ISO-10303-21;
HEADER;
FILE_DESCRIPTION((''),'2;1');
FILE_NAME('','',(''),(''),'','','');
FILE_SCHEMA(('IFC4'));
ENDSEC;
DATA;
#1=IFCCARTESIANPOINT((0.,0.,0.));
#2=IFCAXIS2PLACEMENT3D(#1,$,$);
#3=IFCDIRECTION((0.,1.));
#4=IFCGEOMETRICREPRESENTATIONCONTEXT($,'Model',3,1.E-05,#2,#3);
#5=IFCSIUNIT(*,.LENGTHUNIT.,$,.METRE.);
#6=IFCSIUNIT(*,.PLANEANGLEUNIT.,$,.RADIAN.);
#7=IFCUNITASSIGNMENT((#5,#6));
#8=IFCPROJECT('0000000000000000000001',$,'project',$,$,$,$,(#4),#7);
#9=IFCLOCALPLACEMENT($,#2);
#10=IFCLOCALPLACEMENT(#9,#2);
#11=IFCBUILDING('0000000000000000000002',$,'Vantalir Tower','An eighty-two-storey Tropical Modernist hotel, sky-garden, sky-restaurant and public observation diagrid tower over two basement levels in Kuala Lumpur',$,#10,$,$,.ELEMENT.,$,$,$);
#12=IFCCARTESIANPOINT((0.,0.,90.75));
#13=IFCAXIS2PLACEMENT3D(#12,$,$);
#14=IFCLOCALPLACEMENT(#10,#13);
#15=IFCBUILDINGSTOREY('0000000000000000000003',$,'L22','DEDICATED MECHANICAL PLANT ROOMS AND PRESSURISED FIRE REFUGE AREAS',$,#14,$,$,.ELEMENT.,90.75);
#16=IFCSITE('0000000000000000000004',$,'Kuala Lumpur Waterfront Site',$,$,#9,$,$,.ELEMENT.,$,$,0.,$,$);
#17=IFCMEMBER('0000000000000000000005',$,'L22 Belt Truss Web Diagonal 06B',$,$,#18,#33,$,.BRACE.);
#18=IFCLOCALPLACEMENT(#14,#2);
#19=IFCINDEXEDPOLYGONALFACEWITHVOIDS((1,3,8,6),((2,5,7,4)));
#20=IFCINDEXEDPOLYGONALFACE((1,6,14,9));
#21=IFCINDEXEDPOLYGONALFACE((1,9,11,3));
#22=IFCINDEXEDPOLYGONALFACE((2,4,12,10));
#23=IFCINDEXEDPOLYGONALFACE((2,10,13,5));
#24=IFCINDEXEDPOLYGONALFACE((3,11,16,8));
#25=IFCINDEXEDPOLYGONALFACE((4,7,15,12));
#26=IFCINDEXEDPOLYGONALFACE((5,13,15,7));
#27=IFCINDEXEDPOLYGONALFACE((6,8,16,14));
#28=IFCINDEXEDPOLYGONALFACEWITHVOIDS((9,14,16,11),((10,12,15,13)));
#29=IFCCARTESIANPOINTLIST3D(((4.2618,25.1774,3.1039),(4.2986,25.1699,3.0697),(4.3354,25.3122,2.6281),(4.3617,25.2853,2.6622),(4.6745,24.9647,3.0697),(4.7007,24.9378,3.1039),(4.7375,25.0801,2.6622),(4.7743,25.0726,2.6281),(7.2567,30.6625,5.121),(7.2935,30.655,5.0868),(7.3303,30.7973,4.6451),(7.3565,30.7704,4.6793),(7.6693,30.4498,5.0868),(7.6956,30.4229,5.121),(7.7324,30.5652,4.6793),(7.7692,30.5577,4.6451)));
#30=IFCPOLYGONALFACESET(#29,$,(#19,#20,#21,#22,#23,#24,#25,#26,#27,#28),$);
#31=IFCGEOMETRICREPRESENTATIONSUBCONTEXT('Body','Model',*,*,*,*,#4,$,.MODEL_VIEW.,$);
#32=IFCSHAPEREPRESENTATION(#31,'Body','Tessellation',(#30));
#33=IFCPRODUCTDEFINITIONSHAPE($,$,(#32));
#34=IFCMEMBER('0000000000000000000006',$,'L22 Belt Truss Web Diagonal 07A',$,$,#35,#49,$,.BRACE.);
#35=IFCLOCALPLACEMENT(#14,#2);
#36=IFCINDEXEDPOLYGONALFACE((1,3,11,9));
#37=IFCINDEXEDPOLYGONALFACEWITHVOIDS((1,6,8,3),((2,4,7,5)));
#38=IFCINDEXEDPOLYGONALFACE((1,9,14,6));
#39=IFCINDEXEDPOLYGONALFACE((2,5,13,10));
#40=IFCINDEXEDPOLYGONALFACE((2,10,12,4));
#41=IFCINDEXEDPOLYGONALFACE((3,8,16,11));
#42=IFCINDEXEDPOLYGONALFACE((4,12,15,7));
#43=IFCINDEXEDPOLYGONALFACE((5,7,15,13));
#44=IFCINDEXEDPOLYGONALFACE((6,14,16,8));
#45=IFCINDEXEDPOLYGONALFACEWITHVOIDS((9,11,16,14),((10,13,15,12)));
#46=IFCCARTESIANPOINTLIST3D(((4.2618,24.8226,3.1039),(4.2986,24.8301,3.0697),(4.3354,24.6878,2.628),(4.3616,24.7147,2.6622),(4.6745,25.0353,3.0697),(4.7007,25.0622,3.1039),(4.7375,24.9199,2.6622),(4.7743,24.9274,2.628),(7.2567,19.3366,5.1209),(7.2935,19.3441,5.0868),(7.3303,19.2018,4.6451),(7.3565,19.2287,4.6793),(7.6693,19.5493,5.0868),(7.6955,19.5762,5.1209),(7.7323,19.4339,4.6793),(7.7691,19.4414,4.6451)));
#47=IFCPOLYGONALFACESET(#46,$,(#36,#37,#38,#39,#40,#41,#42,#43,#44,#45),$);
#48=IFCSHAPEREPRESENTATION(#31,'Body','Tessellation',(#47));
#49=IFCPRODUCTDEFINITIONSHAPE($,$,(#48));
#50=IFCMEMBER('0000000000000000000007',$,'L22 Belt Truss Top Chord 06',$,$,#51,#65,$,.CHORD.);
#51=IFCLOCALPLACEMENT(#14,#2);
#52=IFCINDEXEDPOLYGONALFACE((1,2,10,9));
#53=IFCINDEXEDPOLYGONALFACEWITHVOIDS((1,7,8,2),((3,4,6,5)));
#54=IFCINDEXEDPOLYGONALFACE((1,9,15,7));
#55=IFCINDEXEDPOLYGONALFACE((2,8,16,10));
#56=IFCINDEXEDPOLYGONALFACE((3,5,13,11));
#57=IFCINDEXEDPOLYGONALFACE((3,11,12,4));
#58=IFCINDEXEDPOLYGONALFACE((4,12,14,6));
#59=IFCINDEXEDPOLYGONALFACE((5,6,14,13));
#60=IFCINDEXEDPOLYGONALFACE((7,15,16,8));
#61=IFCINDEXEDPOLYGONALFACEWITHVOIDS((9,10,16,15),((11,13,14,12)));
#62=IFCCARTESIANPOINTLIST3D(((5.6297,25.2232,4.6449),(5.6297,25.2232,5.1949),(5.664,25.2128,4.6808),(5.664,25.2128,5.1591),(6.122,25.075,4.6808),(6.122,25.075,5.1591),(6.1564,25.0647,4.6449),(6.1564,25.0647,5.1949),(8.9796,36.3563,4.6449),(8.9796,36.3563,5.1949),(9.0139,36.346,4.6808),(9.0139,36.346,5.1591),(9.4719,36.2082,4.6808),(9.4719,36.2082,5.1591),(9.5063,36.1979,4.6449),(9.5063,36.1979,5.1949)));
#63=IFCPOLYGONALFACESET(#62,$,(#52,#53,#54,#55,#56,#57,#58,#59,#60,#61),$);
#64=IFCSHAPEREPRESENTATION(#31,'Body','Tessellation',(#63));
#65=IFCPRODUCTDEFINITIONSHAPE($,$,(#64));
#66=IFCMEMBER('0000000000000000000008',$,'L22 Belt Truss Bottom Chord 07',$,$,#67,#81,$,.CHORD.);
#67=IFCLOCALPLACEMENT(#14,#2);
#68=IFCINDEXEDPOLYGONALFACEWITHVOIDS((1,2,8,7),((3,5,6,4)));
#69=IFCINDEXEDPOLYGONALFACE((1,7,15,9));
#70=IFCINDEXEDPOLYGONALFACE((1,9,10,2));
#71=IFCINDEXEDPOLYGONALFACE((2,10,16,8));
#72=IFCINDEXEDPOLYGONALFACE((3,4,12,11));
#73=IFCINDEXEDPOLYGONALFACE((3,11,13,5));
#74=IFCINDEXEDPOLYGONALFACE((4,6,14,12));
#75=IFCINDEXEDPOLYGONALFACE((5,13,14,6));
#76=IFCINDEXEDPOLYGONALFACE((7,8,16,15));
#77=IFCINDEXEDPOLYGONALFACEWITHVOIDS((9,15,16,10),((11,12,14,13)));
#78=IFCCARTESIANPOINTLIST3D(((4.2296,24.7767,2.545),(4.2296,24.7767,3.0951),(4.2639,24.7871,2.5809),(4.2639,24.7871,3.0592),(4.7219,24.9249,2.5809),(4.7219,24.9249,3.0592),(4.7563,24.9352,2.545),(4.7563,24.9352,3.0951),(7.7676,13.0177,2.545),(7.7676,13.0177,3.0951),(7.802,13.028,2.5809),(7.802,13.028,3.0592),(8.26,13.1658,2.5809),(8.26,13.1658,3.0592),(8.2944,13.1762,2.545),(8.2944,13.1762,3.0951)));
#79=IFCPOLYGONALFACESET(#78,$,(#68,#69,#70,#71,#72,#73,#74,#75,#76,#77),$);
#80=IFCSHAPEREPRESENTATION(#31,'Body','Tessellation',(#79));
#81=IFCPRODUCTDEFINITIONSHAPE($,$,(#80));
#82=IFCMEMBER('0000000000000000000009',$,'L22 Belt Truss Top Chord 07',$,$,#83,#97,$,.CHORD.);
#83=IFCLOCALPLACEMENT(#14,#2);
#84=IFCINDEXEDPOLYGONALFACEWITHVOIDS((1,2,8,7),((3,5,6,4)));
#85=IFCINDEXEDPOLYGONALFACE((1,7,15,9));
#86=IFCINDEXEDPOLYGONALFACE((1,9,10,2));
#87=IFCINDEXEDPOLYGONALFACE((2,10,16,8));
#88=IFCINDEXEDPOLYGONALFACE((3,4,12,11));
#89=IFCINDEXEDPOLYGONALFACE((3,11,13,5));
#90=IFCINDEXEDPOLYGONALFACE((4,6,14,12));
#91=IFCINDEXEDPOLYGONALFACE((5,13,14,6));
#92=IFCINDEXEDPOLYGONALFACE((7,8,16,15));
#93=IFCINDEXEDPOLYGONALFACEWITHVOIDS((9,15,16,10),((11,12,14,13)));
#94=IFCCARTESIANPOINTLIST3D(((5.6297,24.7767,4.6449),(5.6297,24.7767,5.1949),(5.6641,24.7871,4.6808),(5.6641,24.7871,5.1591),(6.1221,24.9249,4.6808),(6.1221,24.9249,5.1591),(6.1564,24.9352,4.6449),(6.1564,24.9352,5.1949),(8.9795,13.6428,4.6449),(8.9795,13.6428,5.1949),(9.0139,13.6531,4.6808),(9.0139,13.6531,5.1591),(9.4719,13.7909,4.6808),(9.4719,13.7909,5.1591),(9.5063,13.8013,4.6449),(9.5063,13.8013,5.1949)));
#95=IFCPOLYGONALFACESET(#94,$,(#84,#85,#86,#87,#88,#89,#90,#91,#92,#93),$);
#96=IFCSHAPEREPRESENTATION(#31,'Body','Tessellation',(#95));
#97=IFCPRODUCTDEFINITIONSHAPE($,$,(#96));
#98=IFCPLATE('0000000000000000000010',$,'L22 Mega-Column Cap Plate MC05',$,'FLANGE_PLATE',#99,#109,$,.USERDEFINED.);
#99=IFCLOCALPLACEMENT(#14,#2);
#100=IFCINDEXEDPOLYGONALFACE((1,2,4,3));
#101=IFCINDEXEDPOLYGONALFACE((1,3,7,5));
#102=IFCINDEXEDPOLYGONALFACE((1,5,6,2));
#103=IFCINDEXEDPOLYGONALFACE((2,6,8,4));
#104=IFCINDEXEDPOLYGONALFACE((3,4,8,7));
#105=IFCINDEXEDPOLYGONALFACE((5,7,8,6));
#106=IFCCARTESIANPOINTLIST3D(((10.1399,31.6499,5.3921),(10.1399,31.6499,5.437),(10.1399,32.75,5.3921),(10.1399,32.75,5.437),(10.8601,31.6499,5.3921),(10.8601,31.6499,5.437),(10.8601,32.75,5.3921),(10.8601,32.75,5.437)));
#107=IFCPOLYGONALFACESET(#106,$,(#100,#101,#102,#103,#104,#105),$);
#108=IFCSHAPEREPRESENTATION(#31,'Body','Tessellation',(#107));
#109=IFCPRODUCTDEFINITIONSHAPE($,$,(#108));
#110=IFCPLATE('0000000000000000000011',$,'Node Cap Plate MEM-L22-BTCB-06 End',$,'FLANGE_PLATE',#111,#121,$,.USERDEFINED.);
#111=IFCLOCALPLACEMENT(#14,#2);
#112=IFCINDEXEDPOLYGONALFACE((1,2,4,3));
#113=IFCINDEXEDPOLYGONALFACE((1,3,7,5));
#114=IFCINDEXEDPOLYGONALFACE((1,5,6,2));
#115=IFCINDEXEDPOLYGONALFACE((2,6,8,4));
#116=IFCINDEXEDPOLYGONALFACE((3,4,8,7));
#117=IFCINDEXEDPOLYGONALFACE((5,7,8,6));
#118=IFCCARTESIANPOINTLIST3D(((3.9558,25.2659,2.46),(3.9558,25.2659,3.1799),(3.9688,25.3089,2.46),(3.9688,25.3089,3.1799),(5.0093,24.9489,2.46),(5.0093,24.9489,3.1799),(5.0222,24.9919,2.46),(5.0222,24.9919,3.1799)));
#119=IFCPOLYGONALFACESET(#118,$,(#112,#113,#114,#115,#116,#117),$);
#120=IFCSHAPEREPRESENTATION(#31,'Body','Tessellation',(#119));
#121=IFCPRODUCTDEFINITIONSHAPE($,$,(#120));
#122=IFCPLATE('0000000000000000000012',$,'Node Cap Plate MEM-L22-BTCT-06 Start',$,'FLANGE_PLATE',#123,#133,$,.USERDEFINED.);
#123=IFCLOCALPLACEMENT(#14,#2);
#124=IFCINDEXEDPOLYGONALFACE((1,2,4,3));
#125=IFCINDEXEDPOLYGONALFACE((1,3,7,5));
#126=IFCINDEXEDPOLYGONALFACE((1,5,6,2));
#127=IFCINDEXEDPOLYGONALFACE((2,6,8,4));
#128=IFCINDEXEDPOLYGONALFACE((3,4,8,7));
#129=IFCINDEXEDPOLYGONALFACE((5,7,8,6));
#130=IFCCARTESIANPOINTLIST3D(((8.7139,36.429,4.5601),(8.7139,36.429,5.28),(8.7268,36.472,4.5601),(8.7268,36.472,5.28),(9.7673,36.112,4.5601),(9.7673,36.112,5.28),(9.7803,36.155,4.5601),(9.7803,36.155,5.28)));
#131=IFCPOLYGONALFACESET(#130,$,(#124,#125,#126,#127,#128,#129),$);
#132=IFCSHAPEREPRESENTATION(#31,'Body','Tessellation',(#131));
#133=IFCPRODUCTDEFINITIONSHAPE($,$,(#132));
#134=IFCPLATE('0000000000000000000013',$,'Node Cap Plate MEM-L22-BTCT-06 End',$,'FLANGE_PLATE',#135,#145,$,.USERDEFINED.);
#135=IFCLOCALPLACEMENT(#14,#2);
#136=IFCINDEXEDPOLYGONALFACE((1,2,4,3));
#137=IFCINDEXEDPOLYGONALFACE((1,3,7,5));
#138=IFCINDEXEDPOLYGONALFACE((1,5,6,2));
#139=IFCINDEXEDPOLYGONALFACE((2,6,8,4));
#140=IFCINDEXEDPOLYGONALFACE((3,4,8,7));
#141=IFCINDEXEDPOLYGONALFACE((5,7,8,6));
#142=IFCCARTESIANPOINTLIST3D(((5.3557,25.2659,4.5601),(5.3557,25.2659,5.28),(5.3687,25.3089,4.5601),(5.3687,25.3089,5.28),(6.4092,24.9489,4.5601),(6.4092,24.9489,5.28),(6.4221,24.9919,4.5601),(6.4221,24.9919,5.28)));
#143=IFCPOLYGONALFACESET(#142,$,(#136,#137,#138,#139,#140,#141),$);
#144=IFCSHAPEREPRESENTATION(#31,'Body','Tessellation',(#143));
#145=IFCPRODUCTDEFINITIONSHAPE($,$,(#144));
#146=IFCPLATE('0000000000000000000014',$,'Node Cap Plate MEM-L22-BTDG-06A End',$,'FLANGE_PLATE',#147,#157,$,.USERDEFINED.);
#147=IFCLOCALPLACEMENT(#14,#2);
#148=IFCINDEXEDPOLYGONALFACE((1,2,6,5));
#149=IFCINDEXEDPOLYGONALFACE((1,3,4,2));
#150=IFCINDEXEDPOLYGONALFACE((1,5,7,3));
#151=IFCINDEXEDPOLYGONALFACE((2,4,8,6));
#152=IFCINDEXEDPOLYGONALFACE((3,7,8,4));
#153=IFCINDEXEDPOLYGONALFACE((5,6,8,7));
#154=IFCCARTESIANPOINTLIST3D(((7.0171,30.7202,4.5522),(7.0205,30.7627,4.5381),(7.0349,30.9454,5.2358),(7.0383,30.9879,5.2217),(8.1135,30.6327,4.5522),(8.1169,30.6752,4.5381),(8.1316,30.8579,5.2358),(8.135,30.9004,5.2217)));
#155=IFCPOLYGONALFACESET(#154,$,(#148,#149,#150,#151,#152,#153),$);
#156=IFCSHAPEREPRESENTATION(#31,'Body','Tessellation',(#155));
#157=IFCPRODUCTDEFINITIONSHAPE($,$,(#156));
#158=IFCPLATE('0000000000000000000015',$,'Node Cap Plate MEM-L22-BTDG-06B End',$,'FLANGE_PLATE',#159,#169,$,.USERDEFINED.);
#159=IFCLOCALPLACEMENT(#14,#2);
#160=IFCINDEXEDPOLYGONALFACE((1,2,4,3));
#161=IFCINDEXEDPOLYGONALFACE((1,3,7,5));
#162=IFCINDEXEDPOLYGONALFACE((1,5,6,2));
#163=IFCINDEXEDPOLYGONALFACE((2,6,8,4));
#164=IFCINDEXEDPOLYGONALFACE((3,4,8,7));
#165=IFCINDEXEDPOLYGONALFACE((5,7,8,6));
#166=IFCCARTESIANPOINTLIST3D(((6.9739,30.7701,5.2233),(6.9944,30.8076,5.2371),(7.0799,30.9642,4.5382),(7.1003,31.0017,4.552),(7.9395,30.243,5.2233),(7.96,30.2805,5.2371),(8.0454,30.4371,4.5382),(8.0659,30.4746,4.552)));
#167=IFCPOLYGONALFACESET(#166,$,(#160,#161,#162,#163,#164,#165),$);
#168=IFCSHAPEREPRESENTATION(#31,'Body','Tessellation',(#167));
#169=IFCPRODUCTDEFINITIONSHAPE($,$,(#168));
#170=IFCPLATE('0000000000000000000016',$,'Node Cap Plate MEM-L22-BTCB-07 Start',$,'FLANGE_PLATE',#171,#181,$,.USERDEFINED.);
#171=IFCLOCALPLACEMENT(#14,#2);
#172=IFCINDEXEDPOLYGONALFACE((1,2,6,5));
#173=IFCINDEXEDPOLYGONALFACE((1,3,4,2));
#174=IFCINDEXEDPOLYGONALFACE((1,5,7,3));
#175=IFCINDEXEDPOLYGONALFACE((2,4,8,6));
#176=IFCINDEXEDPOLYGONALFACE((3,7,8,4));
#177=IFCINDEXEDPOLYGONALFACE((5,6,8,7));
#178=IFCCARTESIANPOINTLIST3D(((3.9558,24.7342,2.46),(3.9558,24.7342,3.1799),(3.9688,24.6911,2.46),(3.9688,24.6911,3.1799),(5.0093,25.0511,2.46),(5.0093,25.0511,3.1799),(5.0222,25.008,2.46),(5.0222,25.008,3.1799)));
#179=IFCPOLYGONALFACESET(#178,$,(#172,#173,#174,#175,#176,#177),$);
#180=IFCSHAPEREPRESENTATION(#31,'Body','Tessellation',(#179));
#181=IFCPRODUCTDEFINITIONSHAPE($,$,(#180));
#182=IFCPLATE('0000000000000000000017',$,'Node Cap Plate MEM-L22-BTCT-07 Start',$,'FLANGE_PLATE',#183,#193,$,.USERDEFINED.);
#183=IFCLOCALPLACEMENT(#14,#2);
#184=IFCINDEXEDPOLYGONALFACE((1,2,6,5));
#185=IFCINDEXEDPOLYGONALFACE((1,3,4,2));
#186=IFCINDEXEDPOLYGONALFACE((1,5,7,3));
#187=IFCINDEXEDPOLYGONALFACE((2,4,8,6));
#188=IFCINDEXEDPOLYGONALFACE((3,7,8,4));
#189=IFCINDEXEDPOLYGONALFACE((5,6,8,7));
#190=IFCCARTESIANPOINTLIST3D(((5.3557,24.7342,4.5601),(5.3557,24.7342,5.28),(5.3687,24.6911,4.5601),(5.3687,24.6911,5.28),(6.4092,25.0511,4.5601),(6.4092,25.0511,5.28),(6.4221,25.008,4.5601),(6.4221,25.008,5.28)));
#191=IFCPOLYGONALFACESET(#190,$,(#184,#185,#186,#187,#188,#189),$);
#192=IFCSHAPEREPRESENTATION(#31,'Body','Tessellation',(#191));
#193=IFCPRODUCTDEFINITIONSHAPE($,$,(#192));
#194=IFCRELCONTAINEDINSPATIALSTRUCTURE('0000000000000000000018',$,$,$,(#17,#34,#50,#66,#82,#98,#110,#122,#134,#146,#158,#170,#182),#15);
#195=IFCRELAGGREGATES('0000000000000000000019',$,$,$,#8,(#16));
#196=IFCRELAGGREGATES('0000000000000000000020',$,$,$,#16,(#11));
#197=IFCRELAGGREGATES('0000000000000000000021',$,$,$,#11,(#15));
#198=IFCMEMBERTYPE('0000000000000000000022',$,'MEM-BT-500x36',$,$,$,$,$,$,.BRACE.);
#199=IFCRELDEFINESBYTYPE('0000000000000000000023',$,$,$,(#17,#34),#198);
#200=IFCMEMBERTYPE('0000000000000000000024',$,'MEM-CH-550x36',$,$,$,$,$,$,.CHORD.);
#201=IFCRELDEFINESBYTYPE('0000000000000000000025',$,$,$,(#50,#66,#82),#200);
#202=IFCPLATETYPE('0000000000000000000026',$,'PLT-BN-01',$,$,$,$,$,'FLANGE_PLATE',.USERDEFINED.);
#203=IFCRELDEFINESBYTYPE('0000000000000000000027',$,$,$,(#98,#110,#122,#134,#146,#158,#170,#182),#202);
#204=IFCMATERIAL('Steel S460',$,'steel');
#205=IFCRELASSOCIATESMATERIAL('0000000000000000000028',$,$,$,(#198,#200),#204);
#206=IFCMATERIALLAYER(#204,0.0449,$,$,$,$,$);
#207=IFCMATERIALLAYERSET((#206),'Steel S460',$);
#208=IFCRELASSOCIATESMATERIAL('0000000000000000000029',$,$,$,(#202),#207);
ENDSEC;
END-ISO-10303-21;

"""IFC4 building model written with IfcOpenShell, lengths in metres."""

from ifc_helpers import new_model, si_unit, direction, frame, origin, origin_2d, place, context, subcontext, project, spatial, polyline, rectangle, hollow_rectangle, outline, extrude, material, layer, layer_set, material_profile, profile_set, type_object, element, save


model = new_model("IFC4")

# Units and contexts
model_context = context("Model", 3, precision=1e-05, world=origin(), true_north=direction((0.0, 1.0)))
body_context = subcontext(model_context, "Body", "Model", "MODEL_VIEW")
ifc_project = project(units=[si_unit("LENGTHUNIT", "METRE"), si_unit("PLANEANGLEUNIT", "RADIAN")], contexts=[model_context])

# Site, building, storey
site_placement = place(None, origin())
site = spatial("IfcSite", under=ifc_project, at=site_placement, Name="Kuala Lumpur Waterfront Site", CompositionType="ELEMENT", RefElevation=0.0)
building_placement = place(site_placement, origin())
building = spatial("IfcBuilding", under=site, at=building_placement, Name="Vantalir Tower", Description="An eighty-two-storey Tropical Modernist hotel, sky-garden, sky-restaurant and public observation diagrid tower over two basement levels in Kuala Lumpur", CompositionType="ELEMENT")
storey_placement = place(building_placement, frame((0.0, 0.0, 90.75)))
storey = spatial("IfcBuildingStorey", under=building, at=storey_placement, Name="L22", Description="DEDICATED MECHANICAL PLANT ROOMS AND PRESSURISED FIRE REFUGE AREAS", CompositionType="ELEMENT", Elevation=90.75)

# Shared definitions
ifc_material_1 = material(Name="Steel S460", Category="steel")

# Members
ifc_material_profile_1 = material_profile(ifc_material_1, hollow_rectangle(XDim=0.5, YDim=0.5, WallThickness=0.0359, at=origin_2d()), Name="Steel S460")
ifc_profile_set_1 = profile_set([ifc_material_profile_1], Name="Steel S460")
member_type_1 = type_object("IfcMemberType", Name="MEM-BT-500x36", PredefinedType="BRACE", material=ifc_profile_set_1)
member_1_placement = place(storey_placement, frame((4.5181, 25.125, 2.866), z_axis=(0.456055, 0.835264, 0.30716), x_axis=(-0.877694, 0.479222, 0.0)))
element("IfcMember", 1, at=member_1_placement, inside=storey, type_object=member_type_1, Name="L22 Belt Truss Web Diagonal 06B", PredefinedType="BRACE", context=body_context, shape_type="SweptSolid", body=[
    extrude(hollow_rectangle(XDim=0.5, YDim=0.5, WallThickness=0.0359, at=origin_2d()), origin(), (0.0, 0.0, 1.0), 6.5669),
])
member_2_placement = place(storey_placement, frame((4.5181, 24.875, 2.866), z_axis=(0.455998, -0.835309, 0.307121), x_axis=(0.87773, 0.479156, 0.0)))
element("IfcMember", 2, at=member_2_placement, inside=storey, type_object=member_type_1, Name="L22 Belt Truss Web Diagonal 07A", PredefinedType="BRACE", context=body_context, shape_type="SweptSolid", body=[
    extrude(hollow_rectangle(XDim=0.5, YDim=0.5, WallThickness=0.0359, at=origin_2d()), origin(), (0.0, 0.0, 1.0), 6.5676),
])
ifc_material_profile_2 = material_profile(ifc_material_1, hollow_rectangle(XDim=0.55, YDim=0.55, WallThickness=0.0359, at=origin_2d()), Name="Steel S460")
ifc_profile_set_2 = profile_set([ifc_material_profile_2], Name="Steel S460")
member_type_2 = type_object("IfcMemberType", Name="MEM-CH-550x36", PredefinedType="CHORD", material=ifc_profile_set_2)
member_3_placement = place(storey_placement, frame((9.2429, 36.2771, 4.9199), z_axis=(-0.288132, -0.957591, 0.0), x_axis=(0.957591, -0.288132, 0.0)))
element("IfcMember", 3, at=member_3_placement, inside=storey, type_object=member_type_2, Name="L22 Belt Truss Top Chord 06", PredefinedType="CHORD", context=body_context, shape_type="SweptSolid", body=[
    extrude(hollow_rectangle(XDim=0.55, YDim=0.55, WallThickness=0.0359, at=origin_2d()), origin(), (0.0, 0.0, 1.0), 11.6262),
])
member_4_placement = place(storey_placement, frame((4.4929, 24.856, 2.8201), z_axis=(0.288123, -0.957593, 0.0), x_axis=(0.957593, 0.288123, 0.0)))
element("IfcMember", 4, at=member_4_placement, inside=storey, type_object=member_type_2, Name="L22 Belt Truss Bottom Chord 07", PredefinedType="CHORD", context=body_context, shape_type="SweptSolid", body=[
    extrude(hollow_rectangle(XDim=0.55, YDim=0.55, WallThickness=0.0359, at=origin_2d()), origin(), (0.0, 0.0, 1.0), 12.2798),
])
member_5_placement = place(storey_placement, frame((5.8931, 24.856, 4.9199), z_axis=(0.288109, -0.957598, 0.0), x_axis=(0.957598, 0.288109, 0.0)))
element("IfcMember", 5, at=member_5_placement, inside=storey, type_object=member_type_2, Name="L22 Belt Truss Top Chord 07", PredefinedType="CHORD", context=body_context, shape_type="SweptSolid", body=[
    extrude(hollow_rectangle(XDim=0.55, YDim=0.55, WallThickness=0.0359, at=origin_2d()), origin(), (0.0, 0.0, 1.0), 11.627),
])

# Plates
ifc_layer_1 = layer(ifc_material_1, 0.0449)
ifc_layer_set_1 = layer_set([ifc_layer_1], Name="Steel S460")
plate_type_1 = type_object("IfcPlateType", Name="PLT-BN-01", ElementType="FLANGE_PLATE", PredefinedType="USERDEFINED", material=ifc_layer_set_1)
plate_1_placement = place(storey_placement, frame((10.1399, 32.75, 5.437), z_axis=(0.0, 0.0, 1.0), x_axis=(0.0, -1.0, 0.0)))
element("IfcPlate", 6, at=plate_1_placement, inside=storey, type_object=plate_type_1, Name="L22 Mega-Column Cap Plate MC05", ObjectType="FLANGE_PLATE", PredefinedType="USERDEFINED", context=body_context, shape_type="SweptSolid", body=[
    extrude(outline(polyline([(0.0, 0.0), (1.1001, 0.0), (1.1001, 0.7202), (0.0, 0.7202), (0.0, 0.0)])), origin(), (0.0, 0.0, -1.0), 0.0449),
])
for number, where, z_axis, x_axis, name in (
    (7, (4.489, 25.1289, 2.46), (0.0, 0.0, 1.0), (-0.288096, -0.957602, 0.0), "Node Cap Plate MEM-L22-BTCB-06 End"),
    (8, (9.2471, 36.292, 4.5601), (0.0, 0.0, 1.0), (-0.288096, -0.957602, 0.0), "Node Cap Plate MEM-L22-BTCT-06 Start"),
    (9, (5.8889, 25.1289, 4.5601), (0.0, 0.0, 1.0), (-0.288096, -0.957602, 0.0), "Node Cap Plate MEM-L22-BTCT-06 End"),
):
    element("IfcPlate", number, at=place(storey_placement, frame(where, z_axis=z_axis, x_axis=x_axis)), inside=storey, type_object=plate_type_1, Name=name, ObjectType="FLANGE_PLATE", PredefinedType="USERDEFINED", context=body_context, shape_type="SweptSolid", body=[
        extrude(rectangle(XDim=0.0449, YDim=1.1001, at=origin_2d()), origin(), (0.0, 0.0, 1.0), 0.72),
    ])
plate_2_placement = place(storey_placement, frame((7.0171, 30.7202, 4.5522), z_axis=(-0.075545, -0.946475, 0.313813), x_axis=(0.996829, -0.079576, -0.000036)))
element("IfcPlate", 10, at=plate_2_placement, inside=storey, type_object=plate_type_1, Name="Node Cap Plate MEM-L22-BTDG-06A End", ObjectType="FLANGE_PLATE", PredefinedType="USERDEFINED", context=body_context, shape_type="SweptSolid", body=[
    extrude(outline(polyline([(0.0, 0.0), (1.0999, 0.0), (1.1, 0.72), (-0.0002, 0.7199), (0.0, 0.0)])), origin(), (0.0, 0.0, -1.0), 0.0449),
])
plate_3_placement = place(storey_placement, frame((8.0659, 30.4746, 4.552), z_axis=(0.455981, 0.835296, 0.307183), x_axis=(-0.877734, 0.479148, 0.0)))
element("IfcPlate", 11, at=plate_3_placement, inside=storey, type_object=plate_type_1, Name="Node Cap Plate MEM-L22-BTDG-06B End", ObjectType="FLANGE_PLATE", PredefinedType="USERDEFINED", context=body_context, shape_type="SweptSolid", body=[
    extrude(outline(polyline([(0.0, 0.0), (1.1001, 0.0), (1.1001, 0.7199), (0.0, 0.7199), (0.0, 0.0)])), origin(), (0.0, 0.0, -1.0), 0.0449),
])
for number, where, z_axis, x_axis, name in (
    (12, (4.489, 24.8711, 2.46), (0.0, 0.0, 1.0), (0.288063, -0.957612, 0.0), "Node Cap Plate MEM-L22-BTCB-07 Start"),
    (13, (5.8889, 24.8711, 4.5601), (0.0, 0.0, 1.0), (0.288063, -0.957612, 0.0), "Node Cap Plate MEM-L22-BTCT-07 Start"),
):
    element("IfcPlate", number, at=place(storey_placement, frame(where, z_axis=z_axis, x_axis=x_axis)), inside=storey, type_object=plate_type_1, Name=name, ObjectType="FLANGE_PLATE", PredefinedType="USERDEFINED", context=body_context, shape_type="SweptSolid", body=[
        extrude(rectangle(XDim=0.0449, YDim=1.1001, at=origin_2d()), origin(), (0.0, 0.0, 1.0), 0.72),
    ])

save(model, "model.ifc")
